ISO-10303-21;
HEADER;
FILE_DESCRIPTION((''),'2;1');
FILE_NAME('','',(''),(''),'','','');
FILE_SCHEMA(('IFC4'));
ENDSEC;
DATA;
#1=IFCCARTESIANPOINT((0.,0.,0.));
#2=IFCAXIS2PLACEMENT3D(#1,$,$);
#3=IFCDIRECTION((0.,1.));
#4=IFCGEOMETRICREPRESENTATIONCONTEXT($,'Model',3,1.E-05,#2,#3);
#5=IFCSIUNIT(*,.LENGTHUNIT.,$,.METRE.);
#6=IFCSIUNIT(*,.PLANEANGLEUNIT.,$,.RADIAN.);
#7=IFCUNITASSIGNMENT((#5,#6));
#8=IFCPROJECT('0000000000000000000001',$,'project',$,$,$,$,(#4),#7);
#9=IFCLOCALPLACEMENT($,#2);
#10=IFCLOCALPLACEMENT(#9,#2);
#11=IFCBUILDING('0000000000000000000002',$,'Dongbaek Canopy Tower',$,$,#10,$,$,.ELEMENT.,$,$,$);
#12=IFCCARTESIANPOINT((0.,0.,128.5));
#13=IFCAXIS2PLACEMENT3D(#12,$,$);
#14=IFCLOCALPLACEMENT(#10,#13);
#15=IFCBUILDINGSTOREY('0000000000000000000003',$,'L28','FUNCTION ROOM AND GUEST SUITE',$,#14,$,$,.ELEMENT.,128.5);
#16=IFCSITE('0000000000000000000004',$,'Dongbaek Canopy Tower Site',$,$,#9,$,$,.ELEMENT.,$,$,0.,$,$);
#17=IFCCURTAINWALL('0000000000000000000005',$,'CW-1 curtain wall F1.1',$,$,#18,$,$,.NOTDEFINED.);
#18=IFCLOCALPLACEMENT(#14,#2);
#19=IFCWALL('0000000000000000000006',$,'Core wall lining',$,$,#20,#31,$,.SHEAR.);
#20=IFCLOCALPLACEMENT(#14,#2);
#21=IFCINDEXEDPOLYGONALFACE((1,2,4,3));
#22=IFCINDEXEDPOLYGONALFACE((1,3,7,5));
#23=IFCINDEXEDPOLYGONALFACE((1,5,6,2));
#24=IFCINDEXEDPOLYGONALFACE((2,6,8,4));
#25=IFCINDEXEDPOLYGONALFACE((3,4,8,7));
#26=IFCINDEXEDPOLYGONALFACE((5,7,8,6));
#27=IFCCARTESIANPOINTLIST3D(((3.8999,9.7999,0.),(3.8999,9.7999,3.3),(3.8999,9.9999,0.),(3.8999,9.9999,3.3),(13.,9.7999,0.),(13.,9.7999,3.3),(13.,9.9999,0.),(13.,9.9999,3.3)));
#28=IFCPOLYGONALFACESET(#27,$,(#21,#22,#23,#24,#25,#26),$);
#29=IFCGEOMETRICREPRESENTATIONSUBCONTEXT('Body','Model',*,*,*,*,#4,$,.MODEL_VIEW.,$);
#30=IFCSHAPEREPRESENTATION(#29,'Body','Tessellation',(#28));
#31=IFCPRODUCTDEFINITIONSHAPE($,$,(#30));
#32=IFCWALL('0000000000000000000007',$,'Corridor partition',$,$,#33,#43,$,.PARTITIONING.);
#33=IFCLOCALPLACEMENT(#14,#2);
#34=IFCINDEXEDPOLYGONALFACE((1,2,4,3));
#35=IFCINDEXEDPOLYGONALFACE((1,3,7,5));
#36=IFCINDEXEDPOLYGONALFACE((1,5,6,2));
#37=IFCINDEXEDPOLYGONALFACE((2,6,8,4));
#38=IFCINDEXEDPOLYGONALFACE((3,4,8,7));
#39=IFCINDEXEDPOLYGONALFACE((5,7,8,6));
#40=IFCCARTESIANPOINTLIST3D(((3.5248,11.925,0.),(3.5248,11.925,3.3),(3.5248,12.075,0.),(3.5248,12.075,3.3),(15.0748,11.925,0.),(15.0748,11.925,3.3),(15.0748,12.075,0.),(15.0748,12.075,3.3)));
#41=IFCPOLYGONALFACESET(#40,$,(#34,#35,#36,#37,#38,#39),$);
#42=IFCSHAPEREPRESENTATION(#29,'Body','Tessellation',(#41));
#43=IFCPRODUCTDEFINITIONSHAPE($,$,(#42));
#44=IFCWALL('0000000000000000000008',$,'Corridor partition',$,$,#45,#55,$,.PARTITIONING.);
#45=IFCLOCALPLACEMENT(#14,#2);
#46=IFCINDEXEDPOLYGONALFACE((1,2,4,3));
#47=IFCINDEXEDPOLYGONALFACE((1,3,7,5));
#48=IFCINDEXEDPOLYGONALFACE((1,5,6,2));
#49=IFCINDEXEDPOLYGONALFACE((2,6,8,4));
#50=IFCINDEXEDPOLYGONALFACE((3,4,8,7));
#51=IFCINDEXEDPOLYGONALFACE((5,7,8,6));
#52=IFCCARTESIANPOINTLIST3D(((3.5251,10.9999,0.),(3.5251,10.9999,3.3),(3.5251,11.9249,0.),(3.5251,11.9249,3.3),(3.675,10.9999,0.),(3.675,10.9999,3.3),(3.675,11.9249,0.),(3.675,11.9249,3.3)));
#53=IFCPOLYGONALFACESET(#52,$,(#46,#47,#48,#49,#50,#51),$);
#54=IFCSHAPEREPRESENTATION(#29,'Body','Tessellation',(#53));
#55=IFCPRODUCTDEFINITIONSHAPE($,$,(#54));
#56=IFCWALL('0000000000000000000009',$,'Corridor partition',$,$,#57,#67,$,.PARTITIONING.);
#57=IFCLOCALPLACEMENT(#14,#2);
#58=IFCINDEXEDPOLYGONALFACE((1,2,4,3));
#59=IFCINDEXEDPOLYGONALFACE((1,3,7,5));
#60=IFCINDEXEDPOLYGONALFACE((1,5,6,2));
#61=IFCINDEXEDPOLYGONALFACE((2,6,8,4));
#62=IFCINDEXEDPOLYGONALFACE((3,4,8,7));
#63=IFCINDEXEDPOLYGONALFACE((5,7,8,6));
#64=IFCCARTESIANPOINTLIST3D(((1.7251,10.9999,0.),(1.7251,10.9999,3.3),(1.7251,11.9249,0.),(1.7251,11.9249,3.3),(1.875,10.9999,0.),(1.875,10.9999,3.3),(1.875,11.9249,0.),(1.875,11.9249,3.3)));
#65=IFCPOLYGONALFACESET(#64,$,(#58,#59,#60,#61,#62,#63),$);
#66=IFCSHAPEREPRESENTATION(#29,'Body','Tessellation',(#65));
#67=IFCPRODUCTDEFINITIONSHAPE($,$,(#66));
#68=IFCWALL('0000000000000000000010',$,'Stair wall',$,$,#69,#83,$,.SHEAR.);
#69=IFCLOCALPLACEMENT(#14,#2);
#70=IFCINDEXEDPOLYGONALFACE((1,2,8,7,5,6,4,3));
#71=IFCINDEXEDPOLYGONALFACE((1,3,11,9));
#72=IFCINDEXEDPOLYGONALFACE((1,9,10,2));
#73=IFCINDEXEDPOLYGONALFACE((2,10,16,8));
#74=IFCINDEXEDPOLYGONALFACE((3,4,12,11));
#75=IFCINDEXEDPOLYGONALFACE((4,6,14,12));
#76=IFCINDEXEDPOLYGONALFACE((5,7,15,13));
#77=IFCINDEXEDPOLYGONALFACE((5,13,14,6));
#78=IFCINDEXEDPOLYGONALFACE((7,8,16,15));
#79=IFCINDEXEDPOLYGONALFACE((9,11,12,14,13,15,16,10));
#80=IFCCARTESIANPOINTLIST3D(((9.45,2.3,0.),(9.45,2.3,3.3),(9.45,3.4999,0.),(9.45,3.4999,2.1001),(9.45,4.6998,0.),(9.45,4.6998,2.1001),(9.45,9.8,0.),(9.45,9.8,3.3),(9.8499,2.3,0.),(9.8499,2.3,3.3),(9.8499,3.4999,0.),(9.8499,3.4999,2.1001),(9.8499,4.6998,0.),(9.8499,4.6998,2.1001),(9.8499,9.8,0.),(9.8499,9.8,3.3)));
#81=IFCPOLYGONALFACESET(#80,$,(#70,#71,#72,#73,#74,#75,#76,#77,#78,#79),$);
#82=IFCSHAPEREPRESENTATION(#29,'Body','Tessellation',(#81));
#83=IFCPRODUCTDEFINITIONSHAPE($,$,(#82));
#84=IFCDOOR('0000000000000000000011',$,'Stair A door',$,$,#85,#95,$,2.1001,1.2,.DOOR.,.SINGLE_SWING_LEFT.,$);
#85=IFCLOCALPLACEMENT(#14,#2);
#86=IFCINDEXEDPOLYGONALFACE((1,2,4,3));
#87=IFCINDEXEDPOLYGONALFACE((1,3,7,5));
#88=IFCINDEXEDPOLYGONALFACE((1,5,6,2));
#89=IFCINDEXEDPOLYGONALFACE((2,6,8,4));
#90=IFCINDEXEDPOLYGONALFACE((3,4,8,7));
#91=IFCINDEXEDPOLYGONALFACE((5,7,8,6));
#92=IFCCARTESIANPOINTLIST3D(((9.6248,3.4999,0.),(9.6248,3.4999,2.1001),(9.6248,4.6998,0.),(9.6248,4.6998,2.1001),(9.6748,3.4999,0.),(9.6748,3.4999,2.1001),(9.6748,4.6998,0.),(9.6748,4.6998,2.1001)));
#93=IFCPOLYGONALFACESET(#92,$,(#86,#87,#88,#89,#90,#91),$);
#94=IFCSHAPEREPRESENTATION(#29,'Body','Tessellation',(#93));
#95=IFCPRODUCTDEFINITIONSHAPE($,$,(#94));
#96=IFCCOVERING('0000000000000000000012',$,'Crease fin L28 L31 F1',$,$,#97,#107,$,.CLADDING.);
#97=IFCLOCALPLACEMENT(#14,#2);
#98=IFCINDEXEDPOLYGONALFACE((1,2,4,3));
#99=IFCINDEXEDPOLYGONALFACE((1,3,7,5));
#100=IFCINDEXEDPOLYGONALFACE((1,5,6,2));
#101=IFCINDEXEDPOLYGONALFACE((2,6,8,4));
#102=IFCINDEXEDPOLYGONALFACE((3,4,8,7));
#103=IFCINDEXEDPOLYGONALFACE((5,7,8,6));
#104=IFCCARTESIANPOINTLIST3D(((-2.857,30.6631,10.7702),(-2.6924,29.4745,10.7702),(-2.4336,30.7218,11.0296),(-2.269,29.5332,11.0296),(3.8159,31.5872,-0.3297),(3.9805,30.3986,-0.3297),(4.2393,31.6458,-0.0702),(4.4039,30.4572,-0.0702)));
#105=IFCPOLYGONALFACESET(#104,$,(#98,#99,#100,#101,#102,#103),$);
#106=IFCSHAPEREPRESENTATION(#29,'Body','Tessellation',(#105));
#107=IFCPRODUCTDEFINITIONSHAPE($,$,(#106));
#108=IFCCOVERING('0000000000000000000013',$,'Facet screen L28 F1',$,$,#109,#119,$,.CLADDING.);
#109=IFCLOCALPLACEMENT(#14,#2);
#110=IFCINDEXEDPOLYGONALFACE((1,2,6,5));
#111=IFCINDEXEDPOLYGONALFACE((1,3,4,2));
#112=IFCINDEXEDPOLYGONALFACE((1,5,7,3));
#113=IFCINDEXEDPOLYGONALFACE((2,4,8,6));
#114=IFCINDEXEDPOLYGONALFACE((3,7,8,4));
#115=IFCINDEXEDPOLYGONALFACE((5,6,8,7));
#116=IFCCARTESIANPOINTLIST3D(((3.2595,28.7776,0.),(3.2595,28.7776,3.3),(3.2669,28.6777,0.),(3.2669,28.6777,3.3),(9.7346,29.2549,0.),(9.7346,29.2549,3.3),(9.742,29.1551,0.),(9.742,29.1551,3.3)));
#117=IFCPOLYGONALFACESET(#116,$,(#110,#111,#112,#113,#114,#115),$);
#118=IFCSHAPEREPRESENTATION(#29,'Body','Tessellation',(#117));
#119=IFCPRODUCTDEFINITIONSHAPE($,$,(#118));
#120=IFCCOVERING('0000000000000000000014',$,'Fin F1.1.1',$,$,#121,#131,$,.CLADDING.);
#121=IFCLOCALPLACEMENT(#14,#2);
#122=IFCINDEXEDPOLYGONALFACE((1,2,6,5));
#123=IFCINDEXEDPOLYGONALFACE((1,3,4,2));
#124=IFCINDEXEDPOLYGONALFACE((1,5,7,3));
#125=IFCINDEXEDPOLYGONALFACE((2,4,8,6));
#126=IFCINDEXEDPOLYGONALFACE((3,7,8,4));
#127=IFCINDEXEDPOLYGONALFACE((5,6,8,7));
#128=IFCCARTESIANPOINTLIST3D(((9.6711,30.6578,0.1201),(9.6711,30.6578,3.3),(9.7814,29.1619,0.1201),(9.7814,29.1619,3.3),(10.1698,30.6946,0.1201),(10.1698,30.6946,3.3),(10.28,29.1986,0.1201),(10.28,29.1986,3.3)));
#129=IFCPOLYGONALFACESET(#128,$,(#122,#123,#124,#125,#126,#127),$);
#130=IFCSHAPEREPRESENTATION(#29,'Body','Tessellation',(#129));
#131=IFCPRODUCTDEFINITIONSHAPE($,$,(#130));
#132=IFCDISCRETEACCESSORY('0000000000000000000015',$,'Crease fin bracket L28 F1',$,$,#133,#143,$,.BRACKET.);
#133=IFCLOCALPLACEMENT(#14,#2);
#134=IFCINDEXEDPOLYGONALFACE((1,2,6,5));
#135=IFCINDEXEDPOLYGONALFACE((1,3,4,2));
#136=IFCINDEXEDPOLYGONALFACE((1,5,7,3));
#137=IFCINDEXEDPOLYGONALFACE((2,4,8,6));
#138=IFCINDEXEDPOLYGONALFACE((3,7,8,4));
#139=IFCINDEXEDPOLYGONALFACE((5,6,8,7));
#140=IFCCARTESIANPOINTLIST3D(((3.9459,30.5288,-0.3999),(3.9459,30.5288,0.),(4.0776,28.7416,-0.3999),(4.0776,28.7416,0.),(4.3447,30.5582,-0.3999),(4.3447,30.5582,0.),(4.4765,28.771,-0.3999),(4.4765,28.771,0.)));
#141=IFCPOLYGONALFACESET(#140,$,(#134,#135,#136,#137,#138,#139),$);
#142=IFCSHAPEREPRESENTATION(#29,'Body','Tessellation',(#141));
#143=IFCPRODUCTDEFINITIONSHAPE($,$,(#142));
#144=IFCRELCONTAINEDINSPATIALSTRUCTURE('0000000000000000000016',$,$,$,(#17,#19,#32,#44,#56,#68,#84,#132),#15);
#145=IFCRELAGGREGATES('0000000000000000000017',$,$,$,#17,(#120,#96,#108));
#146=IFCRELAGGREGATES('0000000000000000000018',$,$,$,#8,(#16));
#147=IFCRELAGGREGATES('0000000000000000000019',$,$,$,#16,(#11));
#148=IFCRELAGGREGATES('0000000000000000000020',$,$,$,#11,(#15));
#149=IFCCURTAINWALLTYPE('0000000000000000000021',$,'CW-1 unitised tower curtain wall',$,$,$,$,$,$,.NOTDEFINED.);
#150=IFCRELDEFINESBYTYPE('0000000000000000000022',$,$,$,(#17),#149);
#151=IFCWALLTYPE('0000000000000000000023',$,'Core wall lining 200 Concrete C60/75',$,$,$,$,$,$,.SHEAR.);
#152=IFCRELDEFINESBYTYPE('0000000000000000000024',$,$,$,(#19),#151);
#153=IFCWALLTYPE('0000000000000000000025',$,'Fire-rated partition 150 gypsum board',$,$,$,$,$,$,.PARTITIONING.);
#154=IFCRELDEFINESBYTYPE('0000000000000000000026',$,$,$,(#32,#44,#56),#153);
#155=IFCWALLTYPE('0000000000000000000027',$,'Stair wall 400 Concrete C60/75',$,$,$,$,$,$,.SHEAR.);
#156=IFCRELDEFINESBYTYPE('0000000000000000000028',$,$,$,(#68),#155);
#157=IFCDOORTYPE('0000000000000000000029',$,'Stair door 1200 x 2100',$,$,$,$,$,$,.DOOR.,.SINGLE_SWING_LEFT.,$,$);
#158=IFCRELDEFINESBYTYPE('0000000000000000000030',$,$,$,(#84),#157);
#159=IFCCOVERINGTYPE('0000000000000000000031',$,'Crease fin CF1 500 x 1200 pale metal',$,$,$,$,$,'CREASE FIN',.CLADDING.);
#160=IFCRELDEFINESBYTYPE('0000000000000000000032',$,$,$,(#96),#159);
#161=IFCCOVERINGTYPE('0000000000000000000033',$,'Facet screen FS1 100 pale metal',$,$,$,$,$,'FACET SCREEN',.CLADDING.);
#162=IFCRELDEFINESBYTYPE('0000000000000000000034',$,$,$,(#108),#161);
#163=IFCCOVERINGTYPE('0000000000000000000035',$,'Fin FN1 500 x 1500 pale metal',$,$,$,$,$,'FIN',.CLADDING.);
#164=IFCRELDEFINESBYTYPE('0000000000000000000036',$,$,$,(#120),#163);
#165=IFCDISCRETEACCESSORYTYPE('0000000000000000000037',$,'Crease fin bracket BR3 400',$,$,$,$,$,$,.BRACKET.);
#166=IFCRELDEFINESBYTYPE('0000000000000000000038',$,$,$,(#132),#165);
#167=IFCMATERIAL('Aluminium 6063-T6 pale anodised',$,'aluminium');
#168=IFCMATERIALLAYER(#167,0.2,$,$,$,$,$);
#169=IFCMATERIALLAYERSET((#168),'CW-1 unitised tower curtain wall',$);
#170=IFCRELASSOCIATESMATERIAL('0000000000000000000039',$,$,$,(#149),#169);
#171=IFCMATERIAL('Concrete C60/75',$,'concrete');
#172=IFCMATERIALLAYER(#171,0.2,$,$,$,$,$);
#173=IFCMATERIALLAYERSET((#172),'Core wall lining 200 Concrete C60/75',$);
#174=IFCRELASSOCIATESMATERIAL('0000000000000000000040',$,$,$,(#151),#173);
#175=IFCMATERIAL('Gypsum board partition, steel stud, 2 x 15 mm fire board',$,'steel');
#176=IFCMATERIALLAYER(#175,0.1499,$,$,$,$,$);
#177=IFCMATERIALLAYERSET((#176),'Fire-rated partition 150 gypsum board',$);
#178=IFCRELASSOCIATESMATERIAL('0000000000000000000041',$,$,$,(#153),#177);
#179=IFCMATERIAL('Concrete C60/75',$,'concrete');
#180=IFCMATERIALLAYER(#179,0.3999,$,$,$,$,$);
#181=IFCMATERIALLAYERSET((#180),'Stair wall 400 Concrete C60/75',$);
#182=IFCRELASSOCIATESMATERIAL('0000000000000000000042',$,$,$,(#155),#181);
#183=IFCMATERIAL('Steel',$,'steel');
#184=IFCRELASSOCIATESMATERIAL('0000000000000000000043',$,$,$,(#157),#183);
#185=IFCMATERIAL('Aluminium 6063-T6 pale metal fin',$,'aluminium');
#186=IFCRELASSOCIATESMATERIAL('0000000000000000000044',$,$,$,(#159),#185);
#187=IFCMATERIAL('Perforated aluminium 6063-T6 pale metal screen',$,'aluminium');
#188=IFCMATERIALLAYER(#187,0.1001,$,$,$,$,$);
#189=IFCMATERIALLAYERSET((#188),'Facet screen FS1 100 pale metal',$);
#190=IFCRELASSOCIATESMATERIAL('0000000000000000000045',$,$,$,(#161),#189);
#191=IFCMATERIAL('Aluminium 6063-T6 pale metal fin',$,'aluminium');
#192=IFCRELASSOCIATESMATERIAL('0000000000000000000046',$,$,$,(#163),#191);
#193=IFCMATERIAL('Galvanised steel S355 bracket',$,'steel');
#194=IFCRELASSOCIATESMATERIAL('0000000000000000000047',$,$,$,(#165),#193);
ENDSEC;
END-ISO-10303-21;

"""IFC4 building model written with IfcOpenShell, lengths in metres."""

from ifc_helpers import new_model, si_unit, direction, frame, frame_2d, origin, origin_2d, place, context, subcontext, project, spatial, rectangle, extrude, material, layer, layer_set, material_profile, profile_set, type_object, element, fill, aggregate, save


model = new_model("IFC4")

# Units and contexts
model_context = context("Model", 3, precision=1e-05, world=origin(), true_north=direction((0.0, 1.0)))
body_context = subcontext(model_context, "Body", "Model", "MODEL_VIEW")
ifc_project = project(units=[si_unit("LENGTHUNIT", "METRE"), si_unit("PLANEANGLEUNIT", "RADIAN")], contexts=[model_context])

# Site, building, storey
site_placement = place(None, origin())
site = spatial("IfcSite", under=ifc_project, at=site_placement, Name="Dongbaek Canopy Tower Site", CompositionType="ELEMENT", RefElevation=0.0)
building_placement = place(site_placement, origin())
building = spatial("IfcBuilding", under=site, at=building_placement, Name="Dongbaek Canopy Tower", CompositionType="ELEMENT")
storey_placement = place(building_placement, frame((0.0, 0.0, 128.5)))
storey = spatial("IfcBuildingStorey", under=building, at=storey_placement, Name="L28", Description="FUNCTION ROOM AND GUEST SUITE", CompositionType="ELEMENT", Elevation=128.5)

# Curtain wall
ifc_material_1 = material(Name="Aluminium 6063-T6 pale anodised", Category="aluminium")
ifc_layer_1 = layer(ifc_material_1, 0.2)
ifc_layer_set_1 = layer_set([ifc_layer_1], Name="CW-1 unitised tower curtain wall")
curtain_wall_type = type_object("IfcCurtainWallType", Name="CW-1 unitised tower curtain wall", PredefinedType="NOTDEFINED", material=ifc_layer_set_1)
curtain_wall_1_placement = place(storey_placement, origin())
curtain_wall_1 = element("IfcCurtainWall", 1, at=curtain_wall_1_placement, inside=storey, type_object=curtain_wall_type, Name="CW-1 curtain wall F1.1", PredefinedType="NOTDEFINED")

# Walls
ifc_material_2 = material(Name="Concrete C60/75", Category="concrete")
ifc_layer_2 = layer(ifc_material_2, 0.2)
ifc_layer_set_2 = layer_set([ifc_layer_2], Name="Core wall lining 200 Concrete C60/75")
wall_type_1 = type_object("IfcWallType", Name="Core wall lining 200 Concrete C60/75", PredefinedType="SHEAR", material=ifc_layer_set_2)
wall_1_placement = place(storey_placement, frame((3.8999, 9.8999, 0.0), z_axis=(0.0, 0.0, 1.0), x_axis=(1.0, 0.0, 0.0)))
element("IfcWall", 2, at=wall_1_placement, inside=storey, type_object=wall_type_1, Name="Core wall lining", PredefinedType="SHEAR", context=body_context, shape_type="SweptSolid", body=[
    extrude(rectangle(XDim=9.1001, YDim=0.2, at=frame_2d((4.55, 0.0))), origin(), (0.0, 0.0, 1.0), 3.3),
])
ifc_material_3 = material(Name="Gypsum board partition, steel stud, 2 x 15 mm fire board", Category="steel")
ifc_layer_3 = layer(ifc_material_3, 0.1499)
ifc_layer_set_3 = layer_set([ifc_layer_3], Name="Fire-rated partition 150 gypsum board")
wall_type_2 = type_object("IfcWallType", Name="Fire-rated partition 150 gypsum board", PredefinedType="PARTITIONING", material=ifc_layer_set_3)
wall_2_placement = place(storey_placement, frame((3.5249, 12.0, 0.0), z_axis=(0.0, 0.0, 1.0), x_axis=(1.0, 0.0, 0.0)))
element("IfcWall", 3, at=wall_2_placement, inside=storey, type_object=wall_type_2, Name="Corridor partition", PredefinedType="PARTITIONING", context=body_context, shape_type="SweptSolid", body=[
    extrude(rectangle(XDim=11.55, YDim=0.1499, at=frame_2d((5.7749, 0.0))), origin(), (0.0, 0.0, 1.0), 3.3),
])
for number, where, z_axis, x_axis, name in (
    (4, (3.6001, 11.0, 0.0), (0.0, 0.0, 1.0), (0.0, 1.0, 0.0), "Corridor partition"),
    (5, (1.8, 11.0, 0.0), (0.0, 0.0, 1.0), (0.0, 1.0, 0.0), "Corridor partition"),
):
    element("IfcWall", number, at=place(storey_placement, frame(where, z_axis=z_axis, x_axis=x_axis)), inside=storey, type_object=wall_type_2, Name=name, PredefinedType="PARTITIONING", context=body_context, shape_type="SweptSolid", body=[
        extrude(rectangle(XDim=0.925, YDim=0.1499, at=frame_2d((0.4624, 0.0))), origin(), (0.0, 0.0, 1.0), 3.3),
    ])

# Wall, opening, door
ifc_material_4 = material(Name="Concrete C60/75", Category="concrete")
ifc_layer_4 = layer(ifc_material_4, 0.3999)
ifc_layer_set_4 = layer_set([ifc_layer_4], Name="Stair wall 400 Concrete C60/75")
wall_type_3 = type_object("IfcWallType", Name="Stair wall 400 Concrete C60/75", PredefinedType="SHEAR", material=ifc_layer_set_4)
wall_3_placement = place(storey_placement, frame((9.6499, 9.8, 0.0), z_axis=(0.0, 0.0, 1.0), x_axis=(0.0, -1.0, 0.0)))
wall_3 = element("IfcWall", 6, at=wall_3_placement, inside=storey, type_object=wall_type_3, Name="Stair wall", PredefinedType="SHEAR", context=body_context, shape_type="SweptSolid", body=[
    extrude(rectangle(XDim=7.5, YDim=0.3999, at=frame_2d((3.75, 0.0))), origin(), (0.0, 0.0, 1.0), 3.3),
])
opening_1_placement = place(wall_3_placement, frame((5.1001, 0.0, 0.0)))
opening_1 = element("IfcOpeningElement", 7, at=opening_1_placement, cuts=wall_3, PredefinedType="OPENING", context=body_context, shape_type="SweptSolid", body=[
    extrude(rectangle(XDim=1.2, YDim=2.1001, at=frame_2d((0.6001, 1.05))), frame((0.0, 0.21, 0.0), z_axis=(0.0, -1.0, 0.0), x_axis=(1.0, 0.0, 0.0)), (0.0, 0.0, 1.0), 0.4199),
])
ifc_material_5 = material(Name="Steel", Category="steel")
door_type_1 = type_object("IfcDoorType", Name="Stair door 1200 x 2100", OperationType="SINGLE_SWING_LEFT", PredefinedType="DOOR", material=ifc_material_5)
door_1_placement = place(opening_1_placement, origin())
door_1 = element("IfcDoor", 8, at=door_1_placement, inside=storey, type_object=door_type_1, Name="Stair A door", OperationType="SINGLE_SWING_LEFT", OverallHeight=2.1001, OverallWidth=1.2, PredefinedType="DOOR", context=body_context, shape_type="SweptSolid", body=[
    extrude(rectangle(XDim=1.2, YDim=2.1001, at=frame_2d((0.6001, 1.05))), frame((0.0, 0.0249, 0.0), z_axis=(0.0, -1.0, 0.0), x_axis=(1.0, 0.0, 0.0)), (0.0, 0.0, 1.0), 0.05),
])
fill(opening_1, door_1)

# Coverings
ifc_material_6 = material(Name="Aluminium 6063-T6 pale metal fin", Category="aluminium")
ifc_material_profile_1 = material_profile(ifc_material_6, rectangle(XDim=1.2, YDim=0.5, at=origin_2d()), Name="Crease fin CF1 500 x 1200 pale metal")
ifc_profile_set_1 = profile_set([ifc_material_profile_1], Name="Aluminium 6063-T6 pale metal fin")
covering_type_1 = type_object("IfcCoveringType", Name="Crease fin CF1 500 x 1200 pale metal", ElementType="CREASE FIN", PredefinedType="CLADDING", material=ifc_profile_set_1)
covering_1_placement = place(storey_placement, frame((4.1099, 31.0222, -0.2), z_axis=(-0.513924, -0.071169, 0.854879), x_axis=(0.137173, -0.990547, 0.0)))
covering_1 = element("IfcCovering", 9, at=covering_1_placement, type_object=covering_type_1, Name="Crease fin L28 L31 F1", PredefinedType="CLADDING", context=body_context, shape_type="SweptSolid", body=[
    extrude(rectangle(XDim=1.2, YDim=0.5, at=origin_2d()), origin(), (0.0, 0.0, 1.0), 12.9841),
])
ifc_material_7 = material(Name="Perforated aluminium 6063-T6 pale metal screen", Category="aluminium")
ifc_layer_5 = layer(ifc_material_7, 0.1001)
ifc_layer_set_5 = layer_set([ifc_layer_5], Name="Facet screen FS1 100 pale metal")
covering_type_2 = type_object("IfcCoveringType", Name="Facet screen FS1 100 pale metal", ElementType="FACET SCREEN", PredefinedType="CLADDING", material=ifc_layer_set_5)
covering_2_placement = place(storey_placement, frame((6.5007, 28.9663, 0.0), z_axis=(0.0, 0.0, 1.0), x_axis=(-0.997294, -0.073518, 0.0)))
covering_2 = element("IfcCovering", 10, at=covering_2_placement, type_object=covering_type_2, Name="Facet screen L28 F1", PredefinedType="CLADDING", context=body_context, shape_type="SweptSolid", body=[
    extrude(rectangle(XDim=6.4927, YDim=0.1001, at=origin_2d()), origin(), (0.0, 0.0, 1.0), 3.3),
])
ifc_material_8 = material(Name="Aluminium 6063-T6 pale metal fin", Category="aluminium")
ifc_material_profile_2 = material_profile(ifc_material_8, rectangle(XDim=1.5, YDim=0.5, at=origin_2d()), Name="Fin FN1 500 x 1500 pale metal")
ifc_profile_set_2 = profile_set([ifc_material_profile_2], Name="Aluminium 6063-T6 pale metal fin")
covering_type_3 = type_object("IfcCoveringType", Name="Fin FN1 500 x 1500 pale metal", ElementType="FIN", PredefinedType="CLADDING", material=ifc_profile_set_2)
covering_3_placement = place(storey_placement, frame((9.9756, 29.9282, 0.1201), z_axis=(0.0, 0.0, 1.0), x_axis=(-0.073519, 0.997294, 0.0)))
covering_3 = element("IfcCovering", 11, at=covering_3_placement, type_object=covering_type_3, Name="Fin F1.1.1", PredefinedType="CLADDING", context=body_context, shape_type="SweptSolid", body=[
    extrude(rectangle(XDim=1.5, YDim=0.5, at=origin_2d()), origin(), (0.0, 0.0, 1.0), 3.1799),
])
aggregate(curtain_wall_1, [covering_3, covering_1, covering_2])

# Discrete accessory
ifc_material_9 = material(Name="Galvanised steel S355 bracket", Category="steel")
discrete_accessory_type = type_object("IfcDiscreteAccessoryType", Name="Crease fin bracket BR3 400", PredefinedType="BRACKET", material=ifc_material_9)
discrete_accessory_placement = place(storey_placement, frame((4.2112, 29.6499, -0.3999), z_axis=(0.0, 0.0, 1.0), x_axis=(-0.073518, 0.997294, 0.0)))
element("IfcDiscreteAccessory", 12, at=discrete_accessory_placement, inside=storey, type_object=discrete_accessory_type, Name="Crease fin bracket L28 F1", PredefinedType="BRACKET", context=body_context, shape_type="SweptSolid", body=[
    extrude(rectangle(XDim=1.792, YDim=0.3999, at=origin_2d()), origin(), (0.0, 0.0, 1.0), 0.3999),
])

save(model, "model.ifc")
